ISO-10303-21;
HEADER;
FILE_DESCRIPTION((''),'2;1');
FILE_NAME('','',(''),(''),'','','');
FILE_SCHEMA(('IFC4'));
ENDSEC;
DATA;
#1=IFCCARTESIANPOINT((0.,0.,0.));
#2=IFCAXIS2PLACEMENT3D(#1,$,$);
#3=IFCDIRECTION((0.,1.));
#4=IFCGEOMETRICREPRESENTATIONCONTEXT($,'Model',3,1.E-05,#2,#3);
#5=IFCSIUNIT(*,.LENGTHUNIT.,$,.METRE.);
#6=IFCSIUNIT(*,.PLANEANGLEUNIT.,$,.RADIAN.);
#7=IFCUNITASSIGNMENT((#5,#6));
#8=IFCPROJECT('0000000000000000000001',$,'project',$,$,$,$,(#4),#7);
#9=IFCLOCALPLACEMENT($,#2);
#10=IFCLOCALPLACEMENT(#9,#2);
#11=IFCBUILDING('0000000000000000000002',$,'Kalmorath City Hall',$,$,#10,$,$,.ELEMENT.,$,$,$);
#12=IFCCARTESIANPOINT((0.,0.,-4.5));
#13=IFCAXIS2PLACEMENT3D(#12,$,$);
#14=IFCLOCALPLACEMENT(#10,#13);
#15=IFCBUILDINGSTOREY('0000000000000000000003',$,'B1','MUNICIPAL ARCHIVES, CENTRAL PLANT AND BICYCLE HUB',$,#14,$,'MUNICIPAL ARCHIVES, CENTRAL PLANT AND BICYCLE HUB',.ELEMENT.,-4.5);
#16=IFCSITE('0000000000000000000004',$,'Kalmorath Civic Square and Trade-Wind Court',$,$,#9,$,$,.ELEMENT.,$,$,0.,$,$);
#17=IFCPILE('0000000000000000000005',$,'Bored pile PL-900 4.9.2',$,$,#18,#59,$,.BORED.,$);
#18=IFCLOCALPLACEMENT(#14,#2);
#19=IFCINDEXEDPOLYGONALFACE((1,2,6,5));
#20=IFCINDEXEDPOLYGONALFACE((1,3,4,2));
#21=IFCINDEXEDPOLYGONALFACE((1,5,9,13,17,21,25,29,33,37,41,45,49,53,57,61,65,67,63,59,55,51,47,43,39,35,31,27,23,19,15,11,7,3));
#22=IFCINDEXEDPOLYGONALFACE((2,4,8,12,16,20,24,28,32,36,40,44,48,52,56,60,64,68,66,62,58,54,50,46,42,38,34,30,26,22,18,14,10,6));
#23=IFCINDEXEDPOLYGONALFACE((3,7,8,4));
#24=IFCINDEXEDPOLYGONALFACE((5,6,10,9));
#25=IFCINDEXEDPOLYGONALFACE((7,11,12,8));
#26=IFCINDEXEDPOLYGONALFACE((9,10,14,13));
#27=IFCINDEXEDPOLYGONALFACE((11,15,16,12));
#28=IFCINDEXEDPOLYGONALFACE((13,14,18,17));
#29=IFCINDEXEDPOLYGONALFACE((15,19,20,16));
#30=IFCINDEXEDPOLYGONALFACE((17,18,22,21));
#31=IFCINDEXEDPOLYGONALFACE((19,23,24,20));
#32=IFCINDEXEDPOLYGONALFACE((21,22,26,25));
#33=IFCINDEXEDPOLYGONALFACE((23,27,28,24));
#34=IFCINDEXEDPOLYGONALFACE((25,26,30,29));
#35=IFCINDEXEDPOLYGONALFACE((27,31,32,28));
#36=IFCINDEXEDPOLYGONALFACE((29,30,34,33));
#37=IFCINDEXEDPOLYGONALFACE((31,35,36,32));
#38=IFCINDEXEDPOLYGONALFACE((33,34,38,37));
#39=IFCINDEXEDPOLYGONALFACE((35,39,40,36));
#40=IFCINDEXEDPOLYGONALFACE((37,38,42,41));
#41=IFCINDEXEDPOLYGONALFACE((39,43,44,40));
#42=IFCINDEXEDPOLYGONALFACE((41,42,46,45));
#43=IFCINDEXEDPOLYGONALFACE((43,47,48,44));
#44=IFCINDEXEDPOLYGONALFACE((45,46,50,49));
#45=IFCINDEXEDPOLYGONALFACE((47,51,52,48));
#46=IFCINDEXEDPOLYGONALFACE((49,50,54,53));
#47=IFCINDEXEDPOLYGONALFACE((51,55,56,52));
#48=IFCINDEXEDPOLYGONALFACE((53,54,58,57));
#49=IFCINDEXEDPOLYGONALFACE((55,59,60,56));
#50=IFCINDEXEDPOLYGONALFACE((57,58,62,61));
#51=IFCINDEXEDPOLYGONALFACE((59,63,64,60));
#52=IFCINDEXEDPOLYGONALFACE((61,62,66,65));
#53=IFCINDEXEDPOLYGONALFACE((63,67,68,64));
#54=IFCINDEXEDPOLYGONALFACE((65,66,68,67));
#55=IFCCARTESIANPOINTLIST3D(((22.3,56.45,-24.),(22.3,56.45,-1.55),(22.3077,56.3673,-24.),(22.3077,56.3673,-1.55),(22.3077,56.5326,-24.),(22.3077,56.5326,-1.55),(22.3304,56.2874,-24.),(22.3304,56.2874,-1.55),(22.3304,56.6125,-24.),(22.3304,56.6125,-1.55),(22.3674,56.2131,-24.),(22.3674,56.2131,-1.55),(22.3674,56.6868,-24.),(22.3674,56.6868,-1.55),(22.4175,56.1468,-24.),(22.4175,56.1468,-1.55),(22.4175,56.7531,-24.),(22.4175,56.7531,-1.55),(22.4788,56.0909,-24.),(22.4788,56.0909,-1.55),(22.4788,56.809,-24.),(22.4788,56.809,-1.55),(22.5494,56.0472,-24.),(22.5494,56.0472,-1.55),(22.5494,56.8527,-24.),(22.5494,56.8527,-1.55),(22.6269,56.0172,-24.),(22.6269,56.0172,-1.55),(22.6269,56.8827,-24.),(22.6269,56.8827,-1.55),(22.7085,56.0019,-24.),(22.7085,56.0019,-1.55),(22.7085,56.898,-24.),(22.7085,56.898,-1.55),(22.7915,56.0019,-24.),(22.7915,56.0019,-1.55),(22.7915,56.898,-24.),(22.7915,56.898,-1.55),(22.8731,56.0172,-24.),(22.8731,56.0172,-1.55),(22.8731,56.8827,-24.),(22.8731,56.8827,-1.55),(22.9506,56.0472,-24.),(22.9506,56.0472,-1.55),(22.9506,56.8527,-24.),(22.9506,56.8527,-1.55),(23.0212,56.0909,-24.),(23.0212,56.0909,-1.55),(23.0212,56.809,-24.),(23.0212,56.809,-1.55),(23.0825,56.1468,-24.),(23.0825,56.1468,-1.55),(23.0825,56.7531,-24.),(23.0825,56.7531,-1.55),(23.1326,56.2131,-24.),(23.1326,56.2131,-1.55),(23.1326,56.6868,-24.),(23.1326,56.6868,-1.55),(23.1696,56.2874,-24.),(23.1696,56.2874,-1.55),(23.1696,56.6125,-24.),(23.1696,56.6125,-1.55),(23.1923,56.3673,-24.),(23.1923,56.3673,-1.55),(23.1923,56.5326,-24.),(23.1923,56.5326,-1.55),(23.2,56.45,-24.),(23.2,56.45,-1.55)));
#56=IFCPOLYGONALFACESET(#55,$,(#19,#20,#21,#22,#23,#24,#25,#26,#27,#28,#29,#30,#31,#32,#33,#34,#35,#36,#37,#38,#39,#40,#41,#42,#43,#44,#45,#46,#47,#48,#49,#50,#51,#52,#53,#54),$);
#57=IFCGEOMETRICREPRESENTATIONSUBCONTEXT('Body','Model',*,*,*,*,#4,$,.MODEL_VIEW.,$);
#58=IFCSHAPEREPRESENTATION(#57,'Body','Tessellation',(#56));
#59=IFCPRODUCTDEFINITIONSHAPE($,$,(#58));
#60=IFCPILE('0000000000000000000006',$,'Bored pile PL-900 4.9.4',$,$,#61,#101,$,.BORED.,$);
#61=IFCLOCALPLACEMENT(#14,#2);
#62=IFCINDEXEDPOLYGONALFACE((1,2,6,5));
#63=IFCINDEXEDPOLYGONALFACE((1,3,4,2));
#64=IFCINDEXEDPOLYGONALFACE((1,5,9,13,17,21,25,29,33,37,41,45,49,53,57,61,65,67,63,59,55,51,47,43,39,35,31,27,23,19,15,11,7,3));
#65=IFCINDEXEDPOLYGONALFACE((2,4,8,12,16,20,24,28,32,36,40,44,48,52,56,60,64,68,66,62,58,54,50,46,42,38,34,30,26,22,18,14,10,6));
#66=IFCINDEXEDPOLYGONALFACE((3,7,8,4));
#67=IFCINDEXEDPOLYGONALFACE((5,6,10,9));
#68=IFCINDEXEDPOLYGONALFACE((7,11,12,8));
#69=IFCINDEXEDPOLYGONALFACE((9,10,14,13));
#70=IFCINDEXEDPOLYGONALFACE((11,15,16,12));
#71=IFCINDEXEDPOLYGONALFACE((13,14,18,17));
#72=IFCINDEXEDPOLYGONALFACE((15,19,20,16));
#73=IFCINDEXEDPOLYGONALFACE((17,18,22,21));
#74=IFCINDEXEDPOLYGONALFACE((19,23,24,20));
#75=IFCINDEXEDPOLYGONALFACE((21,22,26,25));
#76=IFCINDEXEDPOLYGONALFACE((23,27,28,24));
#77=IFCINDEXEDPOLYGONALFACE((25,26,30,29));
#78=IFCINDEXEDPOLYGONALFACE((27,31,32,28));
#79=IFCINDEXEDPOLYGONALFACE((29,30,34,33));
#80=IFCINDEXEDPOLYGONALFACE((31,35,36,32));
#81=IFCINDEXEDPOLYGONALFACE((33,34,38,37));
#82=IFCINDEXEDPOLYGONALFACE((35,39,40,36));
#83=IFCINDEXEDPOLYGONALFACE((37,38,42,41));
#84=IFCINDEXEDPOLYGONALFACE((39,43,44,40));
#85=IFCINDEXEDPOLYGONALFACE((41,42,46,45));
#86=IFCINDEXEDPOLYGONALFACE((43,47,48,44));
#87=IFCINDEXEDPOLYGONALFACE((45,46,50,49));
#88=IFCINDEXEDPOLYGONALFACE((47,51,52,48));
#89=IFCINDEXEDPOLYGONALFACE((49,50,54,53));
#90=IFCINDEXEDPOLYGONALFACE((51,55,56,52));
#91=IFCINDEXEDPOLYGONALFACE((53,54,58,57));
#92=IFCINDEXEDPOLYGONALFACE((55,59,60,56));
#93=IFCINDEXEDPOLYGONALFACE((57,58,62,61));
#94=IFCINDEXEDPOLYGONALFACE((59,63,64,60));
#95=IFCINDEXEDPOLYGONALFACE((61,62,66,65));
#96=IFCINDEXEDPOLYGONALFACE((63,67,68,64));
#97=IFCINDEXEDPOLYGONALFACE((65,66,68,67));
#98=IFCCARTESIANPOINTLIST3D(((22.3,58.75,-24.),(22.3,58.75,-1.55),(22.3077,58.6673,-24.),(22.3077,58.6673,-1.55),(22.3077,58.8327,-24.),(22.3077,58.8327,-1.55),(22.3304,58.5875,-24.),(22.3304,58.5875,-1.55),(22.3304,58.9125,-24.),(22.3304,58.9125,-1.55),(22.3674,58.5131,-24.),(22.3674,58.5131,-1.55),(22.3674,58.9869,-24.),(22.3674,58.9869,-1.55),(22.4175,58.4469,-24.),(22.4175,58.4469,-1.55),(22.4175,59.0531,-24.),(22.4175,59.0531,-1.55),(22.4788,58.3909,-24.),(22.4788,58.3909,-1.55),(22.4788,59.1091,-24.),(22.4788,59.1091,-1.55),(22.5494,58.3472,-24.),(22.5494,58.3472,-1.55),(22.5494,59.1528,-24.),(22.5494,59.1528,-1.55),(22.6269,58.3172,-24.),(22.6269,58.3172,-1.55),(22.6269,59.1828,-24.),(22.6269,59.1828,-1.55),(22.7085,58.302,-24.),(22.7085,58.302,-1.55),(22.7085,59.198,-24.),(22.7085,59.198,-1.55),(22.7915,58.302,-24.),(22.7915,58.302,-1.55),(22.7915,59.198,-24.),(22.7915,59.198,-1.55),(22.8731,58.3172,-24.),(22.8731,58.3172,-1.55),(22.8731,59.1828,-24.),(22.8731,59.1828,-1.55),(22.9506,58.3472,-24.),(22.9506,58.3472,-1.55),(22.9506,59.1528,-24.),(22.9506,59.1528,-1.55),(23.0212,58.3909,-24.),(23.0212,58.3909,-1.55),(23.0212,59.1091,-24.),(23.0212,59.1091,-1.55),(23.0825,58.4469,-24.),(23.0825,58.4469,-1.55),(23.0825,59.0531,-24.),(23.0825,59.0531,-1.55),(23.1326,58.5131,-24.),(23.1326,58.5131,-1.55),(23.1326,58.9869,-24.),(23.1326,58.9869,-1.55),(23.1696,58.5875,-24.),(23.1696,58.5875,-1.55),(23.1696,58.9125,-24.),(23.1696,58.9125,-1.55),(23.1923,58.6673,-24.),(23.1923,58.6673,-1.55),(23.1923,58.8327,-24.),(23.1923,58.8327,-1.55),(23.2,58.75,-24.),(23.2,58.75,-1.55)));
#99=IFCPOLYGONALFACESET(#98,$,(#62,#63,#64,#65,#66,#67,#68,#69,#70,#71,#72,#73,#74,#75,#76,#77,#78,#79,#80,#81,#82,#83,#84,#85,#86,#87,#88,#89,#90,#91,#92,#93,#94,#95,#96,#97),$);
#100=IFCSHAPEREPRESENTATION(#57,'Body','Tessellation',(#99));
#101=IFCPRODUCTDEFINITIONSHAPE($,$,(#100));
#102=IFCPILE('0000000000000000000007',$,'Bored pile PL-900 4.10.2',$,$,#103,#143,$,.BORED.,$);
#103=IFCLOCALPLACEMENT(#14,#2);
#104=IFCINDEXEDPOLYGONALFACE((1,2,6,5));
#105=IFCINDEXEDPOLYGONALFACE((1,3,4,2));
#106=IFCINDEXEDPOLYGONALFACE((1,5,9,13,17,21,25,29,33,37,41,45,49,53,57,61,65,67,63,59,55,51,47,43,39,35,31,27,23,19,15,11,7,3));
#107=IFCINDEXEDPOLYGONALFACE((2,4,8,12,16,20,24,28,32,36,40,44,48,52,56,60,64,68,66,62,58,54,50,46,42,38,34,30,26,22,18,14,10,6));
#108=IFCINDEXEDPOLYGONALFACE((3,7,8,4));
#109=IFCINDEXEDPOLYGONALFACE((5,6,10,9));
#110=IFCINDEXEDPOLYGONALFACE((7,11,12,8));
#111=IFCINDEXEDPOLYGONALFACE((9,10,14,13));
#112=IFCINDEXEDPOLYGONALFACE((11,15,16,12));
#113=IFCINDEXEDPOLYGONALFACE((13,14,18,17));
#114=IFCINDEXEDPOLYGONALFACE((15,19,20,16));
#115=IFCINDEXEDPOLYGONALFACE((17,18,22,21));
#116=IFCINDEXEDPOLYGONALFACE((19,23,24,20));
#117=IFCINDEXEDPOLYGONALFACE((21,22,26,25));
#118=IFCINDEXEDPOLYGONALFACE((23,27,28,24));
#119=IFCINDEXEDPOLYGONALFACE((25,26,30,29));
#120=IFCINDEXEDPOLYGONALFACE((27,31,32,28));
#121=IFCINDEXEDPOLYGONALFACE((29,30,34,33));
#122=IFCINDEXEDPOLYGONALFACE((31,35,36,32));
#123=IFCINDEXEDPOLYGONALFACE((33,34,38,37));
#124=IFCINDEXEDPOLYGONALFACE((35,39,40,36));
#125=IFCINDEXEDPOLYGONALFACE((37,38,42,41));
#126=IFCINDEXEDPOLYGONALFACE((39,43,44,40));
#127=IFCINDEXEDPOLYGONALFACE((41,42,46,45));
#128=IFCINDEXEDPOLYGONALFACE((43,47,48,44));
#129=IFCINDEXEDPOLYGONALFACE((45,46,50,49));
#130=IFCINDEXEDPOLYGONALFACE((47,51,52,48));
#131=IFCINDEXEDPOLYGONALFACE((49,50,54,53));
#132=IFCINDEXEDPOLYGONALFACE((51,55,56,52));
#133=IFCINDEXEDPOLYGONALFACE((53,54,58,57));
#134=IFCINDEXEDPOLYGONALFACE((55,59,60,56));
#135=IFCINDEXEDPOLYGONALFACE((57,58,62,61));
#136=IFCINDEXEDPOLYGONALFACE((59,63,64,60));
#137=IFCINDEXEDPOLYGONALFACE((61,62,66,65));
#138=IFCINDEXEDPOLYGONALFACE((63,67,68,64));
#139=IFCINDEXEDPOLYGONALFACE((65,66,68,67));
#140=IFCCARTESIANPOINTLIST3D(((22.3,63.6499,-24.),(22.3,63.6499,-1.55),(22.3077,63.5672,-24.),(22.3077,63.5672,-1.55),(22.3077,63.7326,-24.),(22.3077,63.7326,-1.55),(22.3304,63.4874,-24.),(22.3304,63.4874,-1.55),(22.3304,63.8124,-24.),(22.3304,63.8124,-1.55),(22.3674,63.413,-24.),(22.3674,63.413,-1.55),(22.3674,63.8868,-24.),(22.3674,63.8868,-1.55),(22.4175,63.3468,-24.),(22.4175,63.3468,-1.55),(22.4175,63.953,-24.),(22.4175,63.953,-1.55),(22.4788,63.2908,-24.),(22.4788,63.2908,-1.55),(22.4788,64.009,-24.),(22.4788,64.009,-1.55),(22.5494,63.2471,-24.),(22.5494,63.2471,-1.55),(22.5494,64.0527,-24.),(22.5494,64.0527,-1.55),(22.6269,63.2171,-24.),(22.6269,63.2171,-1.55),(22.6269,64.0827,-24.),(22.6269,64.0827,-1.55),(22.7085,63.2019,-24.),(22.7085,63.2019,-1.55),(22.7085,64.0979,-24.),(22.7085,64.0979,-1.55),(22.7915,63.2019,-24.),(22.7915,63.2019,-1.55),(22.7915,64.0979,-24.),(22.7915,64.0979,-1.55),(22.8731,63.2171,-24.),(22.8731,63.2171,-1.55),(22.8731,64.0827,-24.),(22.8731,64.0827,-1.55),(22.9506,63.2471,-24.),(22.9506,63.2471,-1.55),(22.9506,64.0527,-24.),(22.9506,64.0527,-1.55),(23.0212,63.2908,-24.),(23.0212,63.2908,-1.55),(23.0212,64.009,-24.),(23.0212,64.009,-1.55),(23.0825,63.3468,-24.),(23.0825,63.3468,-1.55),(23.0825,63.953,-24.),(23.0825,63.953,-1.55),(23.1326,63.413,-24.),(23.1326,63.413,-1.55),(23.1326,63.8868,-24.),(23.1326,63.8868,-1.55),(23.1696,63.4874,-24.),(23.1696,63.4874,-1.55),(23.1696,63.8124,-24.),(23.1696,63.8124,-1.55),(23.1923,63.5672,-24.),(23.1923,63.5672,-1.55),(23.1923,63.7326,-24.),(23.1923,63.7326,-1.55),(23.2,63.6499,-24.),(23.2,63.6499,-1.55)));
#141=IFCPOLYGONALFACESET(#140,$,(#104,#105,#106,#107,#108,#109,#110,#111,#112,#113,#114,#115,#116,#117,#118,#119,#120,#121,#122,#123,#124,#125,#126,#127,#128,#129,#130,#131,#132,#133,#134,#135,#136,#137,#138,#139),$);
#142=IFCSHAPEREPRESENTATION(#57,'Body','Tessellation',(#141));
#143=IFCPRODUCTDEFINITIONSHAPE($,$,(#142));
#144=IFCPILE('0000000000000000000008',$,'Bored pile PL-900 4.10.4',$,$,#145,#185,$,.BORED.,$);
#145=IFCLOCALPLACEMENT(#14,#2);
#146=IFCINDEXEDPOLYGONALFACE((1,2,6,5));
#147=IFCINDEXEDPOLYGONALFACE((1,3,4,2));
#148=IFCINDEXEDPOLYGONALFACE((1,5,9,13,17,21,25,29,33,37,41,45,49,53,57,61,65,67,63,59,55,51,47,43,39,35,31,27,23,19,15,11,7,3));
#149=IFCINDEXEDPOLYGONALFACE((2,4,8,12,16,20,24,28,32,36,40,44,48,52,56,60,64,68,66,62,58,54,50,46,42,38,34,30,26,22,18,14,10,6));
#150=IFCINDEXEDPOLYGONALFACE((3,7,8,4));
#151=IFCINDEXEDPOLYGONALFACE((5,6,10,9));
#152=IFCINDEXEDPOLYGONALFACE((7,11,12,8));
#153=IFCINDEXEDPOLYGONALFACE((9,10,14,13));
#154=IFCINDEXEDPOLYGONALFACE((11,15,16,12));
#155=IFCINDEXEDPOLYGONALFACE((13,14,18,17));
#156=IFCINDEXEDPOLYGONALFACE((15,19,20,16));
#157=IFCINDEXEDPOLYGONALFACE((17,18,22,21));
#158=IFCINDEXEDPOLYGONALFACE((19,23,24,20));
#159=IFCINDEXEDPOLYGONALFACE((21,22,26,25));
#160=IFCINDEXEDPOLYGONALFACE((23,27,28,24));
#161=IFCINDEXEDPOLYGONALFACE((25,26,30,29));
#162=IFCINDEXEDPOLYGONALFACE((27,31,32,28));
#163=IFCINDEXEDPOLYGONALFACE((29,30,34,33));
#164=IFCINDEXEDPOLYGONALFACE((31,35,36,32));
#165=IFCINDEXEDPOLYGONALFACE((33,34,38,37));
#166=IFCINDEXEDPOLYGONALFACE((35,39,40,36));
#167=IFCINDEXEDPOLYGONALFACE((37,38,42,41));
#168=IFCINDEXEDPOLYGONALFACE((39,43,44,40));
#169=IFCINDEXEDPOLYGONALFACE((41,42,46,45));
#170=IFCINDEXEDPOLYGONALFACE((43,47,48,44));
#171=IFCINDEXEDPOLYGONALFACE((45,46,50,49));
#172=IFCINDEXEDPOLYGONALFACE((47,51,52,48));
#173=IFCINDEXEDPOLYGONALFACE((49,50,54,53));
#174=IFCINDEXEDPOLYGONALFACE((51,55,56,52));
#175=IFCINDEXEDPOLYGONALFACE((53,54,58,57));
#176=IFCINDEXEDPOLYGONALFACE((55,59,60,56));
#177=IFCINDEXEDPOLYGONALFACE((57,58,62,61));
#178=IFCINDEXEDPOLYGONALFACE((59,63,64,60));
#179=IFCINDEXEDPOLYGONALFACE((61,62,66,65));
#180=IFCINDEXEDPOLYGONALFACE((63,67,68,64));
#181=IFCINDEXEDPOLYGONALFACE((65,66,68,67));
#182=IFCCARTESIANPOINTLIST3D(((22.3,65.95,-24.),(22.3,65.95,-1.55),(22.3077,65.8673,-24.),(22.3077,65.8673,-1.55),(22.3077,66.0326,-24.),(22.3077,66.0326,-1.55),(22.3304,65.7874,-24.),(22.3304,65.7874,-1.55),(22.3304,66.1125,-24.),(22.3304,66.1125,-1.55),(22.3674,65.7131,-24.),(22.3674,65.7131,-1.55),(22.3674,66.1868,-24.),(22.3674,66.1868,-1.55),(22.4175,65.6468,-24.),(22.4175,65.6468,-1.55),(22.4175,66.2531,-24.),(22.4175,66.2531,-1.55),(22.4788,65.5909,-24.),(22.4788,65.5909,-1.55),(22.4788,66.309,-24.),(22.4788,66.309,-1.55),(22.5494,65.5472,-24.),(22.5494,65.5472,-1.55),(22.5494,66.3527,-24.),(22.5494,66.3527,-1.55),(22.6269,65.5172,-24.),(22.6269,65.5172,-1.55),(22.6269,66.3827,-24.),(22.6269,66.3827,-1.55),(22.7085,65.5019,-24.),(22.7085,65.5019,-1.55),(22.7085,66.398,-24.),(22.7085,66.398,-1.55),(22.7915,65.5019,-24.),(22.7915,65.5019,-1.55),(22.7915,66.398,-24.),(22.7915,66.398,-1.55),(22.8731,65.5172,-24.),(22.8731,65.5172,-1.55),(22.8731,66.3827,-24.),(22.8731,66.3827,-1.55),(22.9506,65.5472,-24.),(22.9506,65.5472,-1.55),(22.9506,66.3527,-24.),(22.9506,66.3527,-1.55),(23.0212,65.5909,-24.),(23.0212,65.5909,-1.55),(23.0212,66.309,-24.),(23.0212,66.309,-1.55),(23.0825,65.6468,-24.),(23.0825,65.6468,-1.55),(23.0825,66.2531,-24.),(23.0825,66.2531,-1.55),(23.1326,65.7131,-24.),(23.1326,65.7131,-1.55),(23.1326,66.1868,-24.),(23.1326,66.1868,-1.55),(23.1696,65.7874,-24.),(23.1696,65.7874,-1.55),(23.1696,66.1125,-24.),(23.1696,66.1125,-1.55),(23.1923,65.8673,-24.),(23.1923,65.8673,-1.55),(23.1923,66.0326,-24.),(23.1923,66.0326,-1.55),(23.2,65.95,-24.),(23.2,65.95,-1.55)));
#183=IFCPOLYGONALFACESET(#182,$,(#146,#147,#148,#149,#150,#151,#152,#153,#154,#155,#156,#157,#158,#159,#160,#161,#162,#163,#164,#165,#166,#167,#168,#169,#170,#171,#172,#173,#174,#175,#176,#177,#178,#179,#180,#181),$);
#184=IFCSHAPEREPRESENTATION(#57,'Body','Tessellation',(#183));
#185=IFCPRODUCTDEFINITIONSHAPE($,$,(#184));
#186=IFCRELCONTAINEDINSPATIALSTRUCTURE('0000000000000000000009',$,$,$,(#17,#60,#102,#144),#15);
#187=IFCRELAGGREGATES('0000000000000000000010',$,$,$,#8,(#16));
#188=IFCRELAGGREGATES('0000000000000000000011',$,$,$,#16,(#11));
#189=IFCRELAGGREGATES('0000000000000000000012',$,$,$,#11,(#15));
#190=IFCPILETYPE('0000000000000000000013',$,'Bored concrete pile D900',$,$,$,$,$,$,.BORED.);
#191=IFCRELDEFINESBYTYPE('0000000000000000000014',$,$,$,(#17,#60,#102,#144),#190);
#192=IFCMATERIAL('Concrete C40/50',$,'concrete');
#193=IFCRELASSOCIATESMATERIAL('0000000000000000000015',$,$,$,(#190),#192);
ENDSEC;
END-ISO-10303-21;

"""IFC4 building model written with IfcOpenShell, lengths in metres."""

from ifc_helpers import new_model, si_unit, direction, frame, origin, origin_2d, place, context, subcontext, project, spatial, circle, extrude, material, material_profile, profile_set, type_object, element, save


model = new_model("IFC4")

# Units and contexts
model_context = context("Model", 3, precision=1e-05, world=origin(), true_north=direction((0.0, 1.0)))
body_context = subcontext(model_context, "Body", "Model", "MODEL_VIEW")
ifc_project = project(units=[si_unit("LENGTHUNIT", "METRE"), si_unit("PLANEANGLEUNIT", "RADIAN")], contexts=[model_context])

# Site, building, storey
site_placement = place(None, origin())
site = spatial("IfcSite", under=ifc_project, at=site_placement, Name="Kalmorath Civic Square and Trade-Wind Court", CompositionType="ELEMENT", RefElevation=0.0)
building_placement = place(site_placement, origin())
building = spatial("IfcBuilding", under=site, at=building_placement, Name="Kalmorath City Hall", CompositionType="ELEMENT")
storey_placement = place(building_placement, frame((0.0, 0.0, -4.5)))
storey = spatial("IfcBuildingStorey", under=building, at=storey_placement, Name="B1", Description="MUNICIPAL ARCHIVES, CENTRAL PLANT AND BICYCLE HUB", LongName="MUNICIPAL ARCHIVES, CENTRAL PLANT AND BICYCLE HUB", CompositionType="ELEMENT", Elevation=-4.5)

# Piles
ifc_material_1 = material(Name="Concrete C40/50", Category="concrete")
ifc_material_profile_1 = material_profile(ifc_material_1, circle(Radius=0.45, at=origin_2d()), Name="PILE-D900")
ifc_profile_set_1 = profile_set([ifc_material_profile_1], Name="Concrete C40/50")
pile_type = type_object("IfcPileType", Name="Bored concrete pile D900", PredefinedType="BORED", material=ifc_profile_set_1)
for number, where, z_axis, x_axis, name in (
    (1, (22.75, 56.45, -1.55), (0.0, 0.0, -1.0), (1.0, 0.0, 0.0), "Bored pile PL-900 4.9.2"),
    (2, (22.75, 58.75, -1.55), (0.0, 0.0, -1.0), (1.0, 0.0, 0.0), "Bored pile PL-900 4.9.4"),
    (3, (22.75, 63.6499, -1.55), (0.0, 0.0, -1.0), (1.0, 0.0, 0.0), "Bored pile PL-900 4.10.2"),
    (4, (22.75, 65.95, -1.55), (0.0, 0.0, -1.0), (1.0, 0.0, 0.0), "Bored pile PL-900 4.10.4"),
):
    element("IfcPile", number, at=place(storey_placement, frame(where, z_axis=z_axis, x_axis=x_axis)), inside=storey, type_object=pile_type, Name=name, PredefinedType="BORED", context=body_context, shape_type="SweptSolid", body=[
        extrude(circle(Radius=0.45, at=origin_2d()), origin(), (0.0, 0.0, 1.0), 22.45),
    ])

save(model, "model.ifc")
